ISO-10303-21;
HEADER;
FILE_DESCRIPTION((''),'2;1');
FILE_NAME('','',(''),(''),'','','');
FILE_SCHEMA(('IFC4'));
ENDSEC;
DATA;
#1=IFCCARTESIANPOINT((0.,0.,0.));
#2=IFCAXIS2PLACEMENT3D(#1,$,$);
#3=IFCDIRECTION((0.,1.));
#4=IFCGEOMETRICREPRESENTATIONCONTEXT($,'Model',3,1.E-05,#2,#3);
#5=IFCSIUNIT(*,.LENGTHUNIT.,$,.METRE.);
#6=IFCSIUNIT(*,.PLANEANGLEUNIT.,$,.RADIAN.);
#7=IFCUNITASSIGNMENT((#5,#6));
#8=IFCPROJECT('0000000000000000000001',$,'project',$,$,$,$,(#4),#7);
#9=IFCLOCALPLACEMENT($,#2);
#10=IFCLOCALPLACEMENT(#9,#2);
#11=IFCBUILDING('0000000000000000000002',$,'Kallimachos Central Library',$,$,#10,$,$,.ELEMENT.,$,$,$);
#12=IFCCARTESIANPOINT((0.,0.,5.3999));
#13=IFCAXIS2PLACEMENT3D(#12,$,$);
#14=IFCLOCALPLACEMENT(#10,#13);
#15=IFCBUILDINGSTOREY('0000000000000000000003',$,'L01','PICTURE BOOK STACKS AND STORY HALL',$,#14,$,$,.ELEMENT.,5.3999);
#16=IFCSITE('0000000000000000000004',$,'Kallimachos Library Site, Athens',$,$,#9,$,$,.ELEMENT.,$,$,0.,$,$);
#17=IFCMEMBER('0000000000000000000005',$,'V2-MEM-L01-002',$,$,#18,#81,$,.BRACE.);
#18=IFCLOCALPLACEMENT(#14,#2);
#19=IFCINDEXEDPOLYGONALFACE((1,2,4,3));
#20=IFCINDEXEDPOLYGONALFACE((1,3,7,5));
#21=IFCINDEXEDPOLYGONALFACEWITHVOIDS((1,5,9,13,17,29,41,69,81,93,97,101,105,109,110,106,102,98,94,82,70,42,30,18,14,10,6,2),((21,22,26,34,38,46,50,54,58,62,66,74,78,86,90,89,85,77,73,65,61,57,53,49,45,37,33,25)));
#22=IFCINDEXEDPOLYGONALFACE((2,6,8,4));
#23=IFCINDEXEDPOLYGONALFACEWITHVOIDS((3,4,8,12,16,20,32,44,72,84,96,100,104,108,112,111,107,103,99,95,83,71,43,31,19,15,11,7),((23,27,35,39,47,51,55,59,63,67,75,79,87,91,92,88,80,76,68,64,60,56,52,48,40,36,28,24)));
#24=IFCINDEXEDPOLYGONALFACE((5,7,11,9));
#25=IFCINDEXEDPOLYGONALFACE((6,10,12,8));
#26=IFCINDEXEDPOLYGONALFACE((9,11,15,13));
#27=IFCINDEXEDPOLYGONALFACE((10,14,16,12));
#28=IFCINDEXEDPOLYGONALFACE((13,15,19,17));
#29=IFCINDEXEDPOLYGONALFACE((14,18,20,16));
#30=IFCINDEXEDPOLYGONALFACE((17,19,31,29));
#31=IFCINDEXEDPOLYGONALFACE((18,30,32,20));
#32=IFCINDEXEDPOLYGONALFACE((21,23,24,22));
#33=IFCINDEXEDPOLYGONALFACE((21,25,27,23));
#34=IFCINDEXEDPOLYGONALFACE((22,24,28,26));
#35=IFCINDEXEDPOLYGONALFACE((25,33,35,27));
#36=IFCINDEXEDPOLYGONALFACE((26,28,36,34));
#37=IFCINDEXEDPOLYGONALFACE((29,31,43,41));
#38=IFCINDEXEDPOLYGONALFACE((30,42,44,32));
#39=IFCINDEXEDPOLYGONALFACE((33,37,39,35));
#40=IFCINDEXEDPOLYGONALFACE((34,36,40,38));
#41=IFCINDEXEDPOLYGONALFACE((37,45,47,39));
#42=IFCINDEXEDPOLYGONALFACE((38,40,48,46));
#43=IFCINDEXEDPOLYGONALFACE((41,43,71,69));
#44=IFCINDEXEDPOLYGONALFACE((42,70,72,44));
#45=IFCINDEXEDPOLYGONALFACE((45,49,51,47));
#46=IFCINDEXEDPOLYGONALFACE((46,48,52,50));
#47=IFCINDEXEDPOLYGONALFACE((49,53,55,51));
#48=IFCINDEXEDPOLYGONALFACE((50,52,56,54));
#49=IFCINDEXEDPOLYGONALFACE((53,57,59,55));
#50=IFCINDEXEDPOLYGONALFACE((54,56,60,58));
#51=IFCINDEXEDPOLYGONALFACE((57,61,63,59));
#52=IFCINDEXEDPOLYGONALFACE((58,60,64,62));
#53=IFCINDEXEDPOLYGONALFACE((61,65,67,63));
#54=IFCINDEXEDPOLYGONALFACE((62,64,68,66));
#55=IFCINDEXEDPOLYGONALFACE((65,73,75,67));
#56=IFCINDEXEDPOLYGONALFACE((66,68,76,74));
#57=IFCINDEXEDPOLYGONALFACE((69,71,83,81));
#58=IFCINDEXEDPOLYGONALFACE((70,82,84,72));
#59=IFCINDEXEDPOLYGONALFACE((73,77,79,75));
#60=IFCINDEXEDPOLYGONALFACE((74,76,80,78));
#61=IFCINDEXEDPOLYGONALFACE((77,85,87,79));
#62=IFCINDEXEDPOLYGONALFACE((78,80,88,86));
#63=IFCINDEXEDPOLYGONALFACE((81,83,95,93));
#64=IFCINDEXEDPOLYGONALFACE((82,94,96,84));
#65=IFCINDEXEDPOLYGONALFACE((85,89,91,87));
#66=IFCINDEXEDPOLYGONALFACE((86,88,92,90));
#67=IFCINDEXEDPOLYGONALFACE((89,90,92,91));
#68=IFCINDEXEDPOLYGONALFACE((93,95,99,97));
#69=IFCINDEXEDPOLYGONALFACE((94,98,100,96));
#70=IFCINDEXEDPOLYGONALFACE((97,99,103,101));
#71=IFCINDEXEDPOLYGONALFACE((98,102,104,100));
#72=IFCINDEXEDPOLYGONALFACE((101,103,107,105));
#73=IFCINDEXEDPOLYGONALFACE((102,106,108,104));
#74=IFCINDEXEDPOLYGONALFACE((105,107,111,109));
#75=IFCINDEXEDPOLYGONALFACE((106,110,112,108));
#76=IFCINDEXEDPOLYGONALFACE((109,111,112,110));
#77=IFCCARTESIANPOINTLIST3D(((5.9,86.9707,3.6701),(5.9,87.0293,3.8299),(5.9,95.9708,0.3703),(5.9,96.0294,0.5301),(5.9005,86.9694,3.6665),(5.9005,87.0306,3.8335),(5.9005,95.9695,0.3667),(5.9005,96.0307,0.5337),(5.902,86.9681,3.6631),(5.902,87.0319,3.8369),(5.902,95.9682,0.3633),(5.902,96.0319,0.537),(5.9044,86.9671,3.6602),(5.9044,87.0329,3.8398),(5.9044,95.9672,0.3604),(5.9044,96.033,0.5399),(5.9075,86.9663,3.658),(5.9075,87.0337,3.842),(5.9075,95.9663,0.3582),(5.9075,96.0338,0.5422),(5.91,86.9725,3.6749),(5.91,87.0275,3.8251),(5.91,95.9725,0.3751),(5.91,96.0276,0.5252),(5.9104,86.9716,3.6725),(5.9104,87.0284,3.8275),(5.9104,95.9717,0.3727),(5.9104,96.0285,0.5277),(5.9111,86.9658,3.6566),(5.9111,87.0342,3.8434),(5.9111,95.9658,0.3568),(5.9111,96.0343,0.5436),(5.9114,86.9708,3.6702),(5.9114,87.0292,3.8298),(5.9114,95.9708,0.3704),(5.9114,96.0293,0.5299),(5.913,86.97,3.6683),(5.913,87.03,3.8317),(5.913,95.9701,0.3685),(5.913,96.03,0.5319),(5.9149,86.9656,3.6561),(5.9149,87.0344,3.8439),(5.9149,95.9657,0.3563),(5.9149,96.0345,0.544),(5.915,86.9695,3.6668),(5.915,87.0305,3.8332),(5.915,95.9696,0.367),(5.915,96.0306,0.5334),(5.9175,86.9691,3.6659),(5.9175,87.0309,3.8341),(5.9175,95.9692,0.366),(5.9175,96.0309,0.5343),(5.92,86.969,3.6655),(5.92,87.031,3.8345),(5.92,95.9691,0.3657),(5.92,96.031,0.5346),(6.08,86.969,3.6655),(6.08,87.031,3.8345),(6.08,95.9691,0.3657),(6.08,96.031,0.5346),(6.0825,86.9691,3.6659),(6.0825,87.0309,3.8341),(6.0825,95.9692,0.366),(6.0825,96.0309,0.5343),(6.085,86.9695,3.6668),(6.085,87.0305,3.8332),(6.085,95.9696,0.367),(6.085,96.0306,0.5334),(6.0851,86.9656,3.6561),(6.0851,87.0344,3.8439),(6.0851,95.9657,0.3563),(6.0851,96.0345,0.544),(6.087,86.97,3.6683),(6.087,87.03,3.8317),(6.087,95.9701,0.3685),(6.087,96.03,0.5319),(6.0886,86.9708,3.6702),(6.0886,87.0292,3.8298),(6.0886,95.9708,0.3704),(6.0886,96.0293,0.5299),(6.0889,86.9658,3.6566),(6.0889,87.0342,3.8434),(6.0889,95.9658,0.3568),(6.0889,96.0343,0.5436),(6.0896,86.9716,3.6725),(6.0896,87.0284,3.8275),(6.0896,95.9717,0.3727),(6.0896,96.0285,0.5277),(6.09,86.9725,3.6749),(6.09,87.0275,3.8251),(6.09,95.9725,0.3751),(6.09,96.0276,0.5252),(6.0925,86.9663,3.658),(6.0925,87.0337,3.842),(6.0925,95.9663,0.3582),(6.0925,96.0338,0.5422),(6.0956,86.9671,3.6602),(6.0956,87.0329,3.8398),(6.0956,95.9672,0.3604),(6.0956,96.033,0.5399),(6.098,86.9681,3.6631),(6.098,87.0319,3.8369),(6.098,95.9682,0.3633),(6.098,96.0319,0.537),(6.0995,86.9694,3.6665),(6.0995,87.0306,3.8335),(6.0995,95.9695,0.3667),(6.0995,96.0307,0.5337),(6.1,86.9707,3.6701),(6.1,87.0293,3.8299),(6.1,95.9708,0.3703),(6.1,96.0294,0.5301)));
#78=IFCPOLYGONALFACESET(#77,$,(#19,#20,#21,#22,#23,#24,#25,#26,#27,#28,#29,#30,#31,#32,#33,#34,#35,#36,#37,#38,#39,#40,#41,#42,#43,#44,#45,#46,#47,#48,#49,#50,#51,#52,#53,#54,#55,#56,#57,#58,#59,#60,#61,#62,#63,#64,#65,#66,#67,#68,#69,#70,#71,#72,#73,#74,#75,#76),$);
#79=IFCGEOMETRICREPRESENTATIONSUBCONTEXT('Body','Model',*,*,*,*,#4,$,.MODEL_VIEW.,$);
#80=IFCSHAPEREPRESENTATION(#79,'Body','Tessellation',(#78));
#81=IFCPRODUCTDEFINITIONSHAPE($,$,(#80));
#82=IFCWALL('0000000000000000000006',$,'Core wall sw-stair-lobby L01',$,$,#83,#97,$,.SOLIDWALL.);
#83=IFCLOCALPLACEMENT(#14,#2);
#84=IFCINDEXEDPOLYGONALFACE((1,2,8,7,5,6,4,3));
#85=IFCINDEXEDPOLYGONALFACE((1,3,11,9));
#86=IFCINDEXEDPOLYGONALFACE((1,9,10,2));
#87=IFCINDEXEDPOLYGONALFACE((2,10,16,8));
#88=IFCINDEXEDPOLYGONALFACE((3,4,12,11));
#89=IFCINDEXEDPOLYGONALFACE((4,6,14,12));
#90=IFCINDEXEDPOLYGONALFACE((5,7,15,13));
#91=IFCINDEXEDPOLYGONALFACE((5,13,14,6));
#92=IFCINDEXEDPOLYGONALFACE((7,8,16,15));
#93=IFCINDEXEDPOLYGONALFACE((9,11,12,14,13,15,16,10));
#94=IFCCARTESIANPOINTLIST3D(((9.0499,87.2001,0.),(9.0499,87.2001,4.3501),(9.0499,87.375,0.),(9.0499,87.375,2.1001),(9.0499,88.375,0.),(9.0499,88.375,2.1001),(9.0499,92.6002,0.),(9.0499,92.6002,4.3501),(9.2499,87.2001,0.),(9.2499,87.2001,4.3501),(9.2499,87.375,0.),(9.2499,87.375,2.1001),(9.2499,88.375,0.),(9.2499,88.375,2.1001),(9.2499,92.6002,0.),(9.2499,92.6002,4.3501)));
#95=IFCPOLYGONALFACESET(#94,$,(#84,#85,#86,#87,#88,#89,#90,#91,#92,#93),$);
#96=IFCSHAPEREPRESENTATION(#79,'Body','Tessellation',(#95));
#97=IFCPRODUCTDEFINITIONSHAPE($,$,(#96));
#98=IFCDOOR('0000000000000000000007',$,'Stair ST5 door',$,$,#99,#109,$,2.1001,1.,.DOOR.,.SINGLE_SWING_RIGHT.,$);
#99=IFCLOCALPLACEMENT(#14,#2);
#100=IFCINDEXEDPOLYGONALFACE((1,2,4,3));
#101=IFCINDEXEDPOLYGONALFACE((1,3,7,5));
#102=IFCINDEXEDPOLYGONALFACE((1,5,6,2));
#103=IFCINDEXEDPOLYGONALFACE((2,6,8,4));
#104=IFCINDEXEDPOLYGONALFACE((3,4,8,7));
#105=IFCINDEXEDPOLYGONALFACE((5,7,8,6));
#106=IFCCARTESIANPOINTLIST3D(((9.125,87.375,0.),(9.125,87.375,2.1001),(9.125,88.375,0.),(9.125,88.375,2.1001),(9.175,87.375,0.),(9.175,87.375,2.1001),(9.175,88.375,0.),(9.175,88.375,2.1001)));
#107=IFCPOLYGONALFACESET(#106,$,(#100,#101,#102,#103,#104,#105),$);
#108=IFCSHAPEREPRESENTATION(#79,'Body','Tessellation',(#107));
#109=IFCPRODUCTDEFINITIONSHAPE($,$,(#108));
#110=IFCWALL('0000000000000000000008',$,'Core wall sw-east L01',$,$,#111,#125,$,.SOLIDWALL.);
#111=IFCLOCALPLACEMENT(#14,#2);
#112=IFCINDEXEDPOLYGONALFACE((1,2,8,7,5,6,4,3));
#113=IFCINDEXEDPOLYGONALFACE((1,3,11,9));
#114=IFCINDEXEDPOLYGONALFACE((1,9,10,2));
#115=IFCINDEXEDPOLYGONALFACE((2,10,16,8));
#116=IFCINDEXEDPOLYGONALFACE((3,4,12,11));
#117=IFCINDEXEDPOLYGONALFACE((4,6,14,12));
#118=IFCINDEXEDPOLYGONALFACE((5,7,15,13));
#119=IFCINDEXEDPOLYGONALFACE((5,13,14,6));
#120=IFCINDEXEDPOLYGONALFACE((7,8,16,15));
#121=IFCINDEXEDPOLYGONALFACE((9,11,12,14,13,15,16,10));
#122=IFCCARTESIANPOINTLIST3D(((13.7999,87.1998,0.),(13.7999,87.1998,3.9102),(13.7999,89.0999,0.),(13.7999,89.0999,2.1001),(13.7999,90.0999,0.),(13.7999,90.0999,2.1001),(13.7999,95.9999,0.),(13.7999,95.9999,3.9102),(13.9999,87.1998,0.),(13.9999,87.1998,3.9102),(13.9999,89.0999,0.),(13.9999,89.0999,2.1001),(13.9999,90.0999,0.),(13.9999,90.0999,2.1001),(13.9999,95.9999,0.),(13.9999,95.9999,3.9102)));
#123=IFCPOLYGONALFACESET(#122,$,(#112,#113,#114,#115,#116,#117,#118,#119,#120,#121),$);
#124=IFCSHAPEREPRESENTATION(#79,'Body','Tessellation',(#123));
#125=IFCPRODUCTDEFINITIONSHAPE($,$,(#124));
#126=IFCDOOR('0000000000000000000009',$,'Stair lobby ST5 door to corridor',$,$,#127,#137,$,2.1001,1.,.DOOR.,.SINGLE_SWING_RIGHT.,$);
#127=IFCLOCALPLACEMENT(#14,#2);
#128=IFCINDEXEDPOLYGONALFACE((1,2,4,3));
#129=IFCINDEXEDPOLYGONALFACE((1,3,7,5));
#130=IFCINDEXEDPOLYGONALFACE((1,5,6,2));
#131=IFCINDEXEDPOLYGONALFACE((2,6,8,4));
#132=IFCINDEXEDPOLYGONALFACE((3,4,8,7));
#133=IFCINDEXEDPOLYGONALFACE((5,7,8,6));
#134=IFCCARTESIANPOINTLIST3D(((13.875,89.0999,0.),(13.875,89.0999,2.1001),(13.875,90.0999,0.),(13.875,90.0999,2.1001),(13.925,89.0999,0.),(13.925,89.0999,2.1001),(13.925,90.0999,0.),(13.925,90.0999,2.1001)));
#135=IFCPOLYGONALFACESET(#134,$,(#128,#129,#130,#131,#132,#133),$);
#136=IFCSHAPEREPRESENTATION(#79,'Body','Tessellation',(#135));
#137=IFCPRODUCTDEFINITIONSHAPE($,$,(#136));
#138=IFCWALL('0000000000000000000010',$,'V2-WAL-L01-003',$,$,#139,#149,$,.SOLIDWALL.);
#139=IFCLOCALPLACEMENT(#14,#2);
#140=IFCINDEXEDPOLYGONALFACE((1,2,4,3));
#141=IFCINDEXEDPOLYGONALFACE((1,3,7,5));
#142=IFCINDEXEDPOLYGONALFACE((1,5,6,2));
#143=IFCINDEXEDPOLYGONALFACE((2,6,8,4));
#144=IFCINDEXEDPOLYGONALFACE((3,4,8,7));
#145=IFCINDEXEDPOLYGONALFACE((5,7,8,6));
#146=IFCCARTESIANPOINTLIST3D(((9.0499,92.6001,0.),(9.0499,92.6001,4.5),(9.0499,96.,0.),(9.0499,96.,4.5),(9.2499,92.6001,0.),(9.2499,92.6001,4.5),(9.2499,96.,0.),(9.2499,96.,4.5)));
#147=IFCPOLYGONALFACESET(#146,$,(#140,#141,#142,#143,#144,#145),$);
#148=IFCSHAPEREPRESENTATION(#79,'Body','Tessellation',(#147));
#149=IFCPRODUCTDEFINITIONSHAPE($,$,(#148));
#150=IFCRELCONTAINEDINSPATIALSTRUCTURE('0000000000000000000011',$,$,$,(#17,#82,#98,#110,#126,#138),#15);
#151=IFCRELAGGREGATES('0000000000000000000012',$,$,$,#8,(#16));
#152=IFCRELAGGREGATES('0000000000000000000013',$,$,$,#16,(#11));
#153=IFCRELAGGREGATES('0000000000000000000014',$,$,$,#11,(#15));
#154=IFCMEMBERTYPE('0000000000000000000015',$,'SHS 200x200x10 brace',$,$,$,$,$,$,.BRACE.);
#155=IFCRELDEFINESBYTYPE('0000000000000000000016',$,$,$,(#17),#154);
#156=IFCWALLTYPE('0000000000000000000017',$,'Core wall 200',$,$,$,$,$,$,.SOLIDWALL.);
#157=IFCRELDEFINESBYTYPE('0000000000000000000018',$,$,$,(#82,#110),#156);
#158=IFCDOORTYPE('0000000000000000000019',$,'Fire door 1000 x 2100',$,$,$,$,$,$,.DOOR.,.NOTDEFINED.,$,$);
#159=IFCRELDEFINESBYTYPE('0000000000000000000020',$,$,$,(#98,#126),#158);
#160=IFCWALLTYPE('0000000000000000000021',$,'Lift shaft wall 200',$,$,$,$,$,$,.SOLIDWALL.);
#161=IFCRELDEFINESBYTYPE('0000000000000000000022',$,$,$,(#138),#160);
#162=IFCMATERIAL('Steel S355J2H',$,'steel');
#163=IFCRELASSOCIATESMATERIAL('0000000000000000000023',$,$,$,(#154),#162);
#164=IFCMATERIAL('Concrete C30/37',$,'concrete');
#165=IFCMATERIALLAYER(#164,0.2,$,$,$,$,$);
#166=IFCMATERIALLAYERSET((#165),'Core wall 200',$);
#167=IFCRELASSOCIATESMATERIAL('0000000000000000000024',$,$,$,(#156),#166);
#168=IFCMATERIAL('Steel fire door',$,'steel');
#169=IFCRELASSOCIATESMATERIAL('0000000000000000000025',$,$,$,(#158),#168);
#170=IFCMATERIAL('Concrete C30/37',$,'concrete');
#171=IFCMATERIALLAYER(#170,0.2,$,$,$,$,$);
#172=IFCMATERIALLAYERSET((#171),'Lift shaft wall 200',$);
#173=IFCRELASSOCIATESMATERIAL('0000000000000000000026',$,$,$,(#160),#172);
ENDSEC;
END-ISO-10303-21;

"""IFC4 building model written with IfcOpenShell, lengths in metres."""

from ifc_helpers import new_model, si_unit, direction, frame, frame_2d, origin, origin_2d, place, context, subcontext, project, spatial, rectangle, hollow_rectangle, extrude, material, layer, layer_set, material_profile, profile_set, type_object, element, fill, save


model = new_model("IFC4")

# Units and contexts
model_context = context("Model", 3, precision=1e-05, world=origin(), true_north=direction((0.0, 1.0)))
body_context = subcontext(model_context, "Body", "Model", "MODEL_VIEW")
ifc_project = project(units=[si_unit("LENGTHUNIT", "METRE"), si_unit("PLANEANGLEUNIT", "RADIAN")], contexts=[model_context])

# Site, building, storey
site_placement = place(None, origin())
site = spatial("IfcSite", under=ifc_project, at=site_placement, Name="Kallimachos Library Site, Athens", CompositionType="ELEMENT", RefElevation=0.0)
building_placement = place(site_placement, origin())
building = spatial("IfcBuilding", under=site, at=building_placement, Name="Kallimachos Central Library", CompositionType="ELEMENT")
storey_placement = place(building_placement, frame((0.0, 0.0, 5.3999)))
storey = spatial("IfcBuildingStorey", under=building, at=storey_placement, Name="L01", Description="PICTURE BOOK STACKS AND STORY HALL", CompositionType="ELEMENT", Elevation=5.3999)

# Member
ifc_material_1 = material(Name="Steel S355J2H", Category="steel")
ifc_material_profile_1 = material_profile(ifc_material_1, hollow_rectangle(XDim=0.2, YDim=0.2, WallThickness=0.01, InnerFilletRadius=0.01, OuterFilletRadius=0.0149, at=origin_2d()), Name="SHS 200x200x10")
ifc_profile_set_1 = profile_set([ifc_material_profile_1], Name="Steel S355J2H")
member_type = type_object("IfcMemberType", Name="SHS 200x200x10 brace", PredefinedType="BRACE", material=ifc_profile_set_1)
member_placement = place(storey_placement, frame((6.0, 87.0, 3.75), z_axis=(0.0, 0.938883, -0.344237), x_axis=(-1.0, 0.0, 0.0)))
element("IfcMember", 1, at=member_placement, inside=storey, type_object=member_type, Name="V2-MEM-L01-002", PredefinedType="BRACE", context=body_context, shape_type="SweptSolid", body=[
    extrude(hollow_rectangle(XDim=0.2, YDim=0.2, WallThickness=0.01, InnerFilletRadius=0.01, OuterFilletRadius=0.0149, at=origin_2d()), origin(), (0.0, 0.0, 1.0), 9.5859),
])

# Walls, openings, doors
ifc_material_2 = material(Name="Concrete C30/37", Category="concrete")
ifc_layer_1 = layer(ifc_material_2, 0.2)
ifc_layer_set_1 = layer_set([ifc_layer_1], Name="Core wall 200")
wall_type_1 = type_object("IfcWallType", Name="Core wall 200", PredefinedType="SOLIDWALL", material=ifc_layer_set_1)
wall_1_placement = place(storey_placement, frame((9.1499, 87.2, 0.0), z_axis=(0.0, 0.0, 1.0), x_axis=(0.0, 1.0, 0.0)))
wall_1 = element("IfcWall", 2, at=wall_1_placement, inside=storey, type_object=wall_type_1, Name="Core wall sw-stair-lobby L01", PredefinedType="SOLIDWALL", context=body_context, shape_type="SweptSolid", body=[
    extrude(rectangle(XDim=5.4001, YDim=0.2, at=frame_2d((2.7002, 0.0))), origin(), (0.0, 0.0, 1.0), 4.3501),
])
opening_1_placement = place(wall_1_placement, frame((0.175, 0.0, 0.0)))
opening_1 = element("IfcOpeningElement", 3, at=opening_1_placement, cuts=wall_1, PredefinedType="OPENING", context=body_context, shape_type="SweptSolid", body=[
    extrude(rectangle(XDim=1.0, YDim=2.1001, at=frame_2d((0.5, 1.05))), frame((0.0, 0.1099, 0.0), z_axis=(0.0, -1.0, 0.0), x_axis=(1.0, 0.0, 0.0)), (0.0, 0.0, 1.0), 0.22),
])
ifc_material_3 = material(Name="Steel fire door", Category="steel")
door_type = type_object("IfcDoorType", Name="Fire door 1000 x 2100", OperationType="NOTDEFINED", PredefinedType="DOOR", material=ifc_material_3)
door_1_placement = place(opening_1_placement, origin())
door_1 = element("IfcDoor", 4, at=door_1_placement, inside=storey, type_object=door_type, Name="Stair ST5 door", OperationType="SINGLE_SWING_RIGHT", OverallHeight=2.1001, OverallWidth=1.0, PredefinedType="DOOR", context=body_context, shape_type="SweptSolid", body=[
    extrude(rectangle(XDim=1.0, YDim=2.1001, at=frame_2d((0.5, 1.05))), frame((0.0, 0.0249, 0.0), z_axis=(0.0, -1.0, 0.0), x_axis=(1.0, 0.0, 0.0)), (0.0, 0.0, 1.0), 0.05),
])
fill(opening_1, door_1)
wall_2_placement = place(storey_placement, frame((13.8999, 87.2, 0.0), z_axis=(0.0, 0.0, 1.0), x_axis=(0.0, 1.0, 0.0)))
wall_2 = element("IfcWall", 5, at=wall_2_placement, inside=storey, type_object=wall_type_1, Name="Core wall sw-east L01", PredefinedType="SOLIDWALL", context=body_context, shape_type="SweptSolid", body=[
    extrude(rectangle(XDim=8.8, YDim=0.2, at=frame_2d((4.3999, 0.0))), origin(), (0.0, 0.0, 1.0), 3.9102),
])
opening_2_placement = place(wall_2_placement, frame((1.8999, 0.0, 0.0)))
opening_2 = element("IfcOpeningElement", 6, at=opening_2_placement, cuts=wall_2, PredefinedType="OPENING", context=body_context, shape_type="SweptSolid", body=[
    extrude(rectangle(XDim=1.0, YDim=2.1001, at=frame_2d((0.5, 1.05))), frame((0.0, 0.1099, 0.0), z_axis=(0.0, -1.0, 0.0), x_axis=(1.0, 0.0, 0.0)), (0.0, 0.0, 1.0), 0.22),
])
door_2_placement = place(opening_2_placement, origin())
door_2 = element("IfcDoor", 7, at=door_2_placement, inside=storey, type_object=door_type, Name="Stair lobby ST5 door to corridor", OperationType="SINGLE_SWING_RIGHT", OverallHeight=2.1001, OverallWidth=1.0, PredefinedType="DOOR", context=body_context, shape_type="SweptSolid", body=[
    extrude(rectangle(XDim=1.0, YDim=2.1001, at=frame_2d((0.5, 1.05))), frame((0.0, 0.0249, 0.0), z_axis=(0.0, -1.0, 0.0), x_axis=(1.0, 0.0, 0.0)), (0.0, 0.0, 1.0), 0.05),
])
fill(opening_2, door_2)

# Wall
ifc_material_4 = material(Name="Concrete C30/37", Category="concrete")
ifc_layer_2 = layer(ifc_material_4, 0.2)
ifc_layer_set_2 = layer_set([ifc_layer_2], Name="Lift shaft wall 200")
wall_type_2 = type_object("IfcWallType", Name="Lift shaft wall 200", PredefinedType="SOLIDWALL", material=ifc_layer_set_2)
wall_3_placement = place(storey_placement, frame((9.1499, 92.6001, 0.0), z_axis=(0.0, 0.0, 1.0), x_axis=(0.0, 1.0, 0.0)))
element("IfcWall", 8, at=wall_3_placement, inside=storey, type_object=wall_type_2, Name="V2-WAL-L01-003", PredefinedType="SOLIDWALL", context=body_context, shape_type="SweptSolid", body=[
    extrude(rectangle(XDim=3.3999, YDim=0.2, at=frame_2d((1.7, 0.0))), origin(), (0.0, 0.0, 1.0), 4.5),
])

save(model, "model.ifc")
